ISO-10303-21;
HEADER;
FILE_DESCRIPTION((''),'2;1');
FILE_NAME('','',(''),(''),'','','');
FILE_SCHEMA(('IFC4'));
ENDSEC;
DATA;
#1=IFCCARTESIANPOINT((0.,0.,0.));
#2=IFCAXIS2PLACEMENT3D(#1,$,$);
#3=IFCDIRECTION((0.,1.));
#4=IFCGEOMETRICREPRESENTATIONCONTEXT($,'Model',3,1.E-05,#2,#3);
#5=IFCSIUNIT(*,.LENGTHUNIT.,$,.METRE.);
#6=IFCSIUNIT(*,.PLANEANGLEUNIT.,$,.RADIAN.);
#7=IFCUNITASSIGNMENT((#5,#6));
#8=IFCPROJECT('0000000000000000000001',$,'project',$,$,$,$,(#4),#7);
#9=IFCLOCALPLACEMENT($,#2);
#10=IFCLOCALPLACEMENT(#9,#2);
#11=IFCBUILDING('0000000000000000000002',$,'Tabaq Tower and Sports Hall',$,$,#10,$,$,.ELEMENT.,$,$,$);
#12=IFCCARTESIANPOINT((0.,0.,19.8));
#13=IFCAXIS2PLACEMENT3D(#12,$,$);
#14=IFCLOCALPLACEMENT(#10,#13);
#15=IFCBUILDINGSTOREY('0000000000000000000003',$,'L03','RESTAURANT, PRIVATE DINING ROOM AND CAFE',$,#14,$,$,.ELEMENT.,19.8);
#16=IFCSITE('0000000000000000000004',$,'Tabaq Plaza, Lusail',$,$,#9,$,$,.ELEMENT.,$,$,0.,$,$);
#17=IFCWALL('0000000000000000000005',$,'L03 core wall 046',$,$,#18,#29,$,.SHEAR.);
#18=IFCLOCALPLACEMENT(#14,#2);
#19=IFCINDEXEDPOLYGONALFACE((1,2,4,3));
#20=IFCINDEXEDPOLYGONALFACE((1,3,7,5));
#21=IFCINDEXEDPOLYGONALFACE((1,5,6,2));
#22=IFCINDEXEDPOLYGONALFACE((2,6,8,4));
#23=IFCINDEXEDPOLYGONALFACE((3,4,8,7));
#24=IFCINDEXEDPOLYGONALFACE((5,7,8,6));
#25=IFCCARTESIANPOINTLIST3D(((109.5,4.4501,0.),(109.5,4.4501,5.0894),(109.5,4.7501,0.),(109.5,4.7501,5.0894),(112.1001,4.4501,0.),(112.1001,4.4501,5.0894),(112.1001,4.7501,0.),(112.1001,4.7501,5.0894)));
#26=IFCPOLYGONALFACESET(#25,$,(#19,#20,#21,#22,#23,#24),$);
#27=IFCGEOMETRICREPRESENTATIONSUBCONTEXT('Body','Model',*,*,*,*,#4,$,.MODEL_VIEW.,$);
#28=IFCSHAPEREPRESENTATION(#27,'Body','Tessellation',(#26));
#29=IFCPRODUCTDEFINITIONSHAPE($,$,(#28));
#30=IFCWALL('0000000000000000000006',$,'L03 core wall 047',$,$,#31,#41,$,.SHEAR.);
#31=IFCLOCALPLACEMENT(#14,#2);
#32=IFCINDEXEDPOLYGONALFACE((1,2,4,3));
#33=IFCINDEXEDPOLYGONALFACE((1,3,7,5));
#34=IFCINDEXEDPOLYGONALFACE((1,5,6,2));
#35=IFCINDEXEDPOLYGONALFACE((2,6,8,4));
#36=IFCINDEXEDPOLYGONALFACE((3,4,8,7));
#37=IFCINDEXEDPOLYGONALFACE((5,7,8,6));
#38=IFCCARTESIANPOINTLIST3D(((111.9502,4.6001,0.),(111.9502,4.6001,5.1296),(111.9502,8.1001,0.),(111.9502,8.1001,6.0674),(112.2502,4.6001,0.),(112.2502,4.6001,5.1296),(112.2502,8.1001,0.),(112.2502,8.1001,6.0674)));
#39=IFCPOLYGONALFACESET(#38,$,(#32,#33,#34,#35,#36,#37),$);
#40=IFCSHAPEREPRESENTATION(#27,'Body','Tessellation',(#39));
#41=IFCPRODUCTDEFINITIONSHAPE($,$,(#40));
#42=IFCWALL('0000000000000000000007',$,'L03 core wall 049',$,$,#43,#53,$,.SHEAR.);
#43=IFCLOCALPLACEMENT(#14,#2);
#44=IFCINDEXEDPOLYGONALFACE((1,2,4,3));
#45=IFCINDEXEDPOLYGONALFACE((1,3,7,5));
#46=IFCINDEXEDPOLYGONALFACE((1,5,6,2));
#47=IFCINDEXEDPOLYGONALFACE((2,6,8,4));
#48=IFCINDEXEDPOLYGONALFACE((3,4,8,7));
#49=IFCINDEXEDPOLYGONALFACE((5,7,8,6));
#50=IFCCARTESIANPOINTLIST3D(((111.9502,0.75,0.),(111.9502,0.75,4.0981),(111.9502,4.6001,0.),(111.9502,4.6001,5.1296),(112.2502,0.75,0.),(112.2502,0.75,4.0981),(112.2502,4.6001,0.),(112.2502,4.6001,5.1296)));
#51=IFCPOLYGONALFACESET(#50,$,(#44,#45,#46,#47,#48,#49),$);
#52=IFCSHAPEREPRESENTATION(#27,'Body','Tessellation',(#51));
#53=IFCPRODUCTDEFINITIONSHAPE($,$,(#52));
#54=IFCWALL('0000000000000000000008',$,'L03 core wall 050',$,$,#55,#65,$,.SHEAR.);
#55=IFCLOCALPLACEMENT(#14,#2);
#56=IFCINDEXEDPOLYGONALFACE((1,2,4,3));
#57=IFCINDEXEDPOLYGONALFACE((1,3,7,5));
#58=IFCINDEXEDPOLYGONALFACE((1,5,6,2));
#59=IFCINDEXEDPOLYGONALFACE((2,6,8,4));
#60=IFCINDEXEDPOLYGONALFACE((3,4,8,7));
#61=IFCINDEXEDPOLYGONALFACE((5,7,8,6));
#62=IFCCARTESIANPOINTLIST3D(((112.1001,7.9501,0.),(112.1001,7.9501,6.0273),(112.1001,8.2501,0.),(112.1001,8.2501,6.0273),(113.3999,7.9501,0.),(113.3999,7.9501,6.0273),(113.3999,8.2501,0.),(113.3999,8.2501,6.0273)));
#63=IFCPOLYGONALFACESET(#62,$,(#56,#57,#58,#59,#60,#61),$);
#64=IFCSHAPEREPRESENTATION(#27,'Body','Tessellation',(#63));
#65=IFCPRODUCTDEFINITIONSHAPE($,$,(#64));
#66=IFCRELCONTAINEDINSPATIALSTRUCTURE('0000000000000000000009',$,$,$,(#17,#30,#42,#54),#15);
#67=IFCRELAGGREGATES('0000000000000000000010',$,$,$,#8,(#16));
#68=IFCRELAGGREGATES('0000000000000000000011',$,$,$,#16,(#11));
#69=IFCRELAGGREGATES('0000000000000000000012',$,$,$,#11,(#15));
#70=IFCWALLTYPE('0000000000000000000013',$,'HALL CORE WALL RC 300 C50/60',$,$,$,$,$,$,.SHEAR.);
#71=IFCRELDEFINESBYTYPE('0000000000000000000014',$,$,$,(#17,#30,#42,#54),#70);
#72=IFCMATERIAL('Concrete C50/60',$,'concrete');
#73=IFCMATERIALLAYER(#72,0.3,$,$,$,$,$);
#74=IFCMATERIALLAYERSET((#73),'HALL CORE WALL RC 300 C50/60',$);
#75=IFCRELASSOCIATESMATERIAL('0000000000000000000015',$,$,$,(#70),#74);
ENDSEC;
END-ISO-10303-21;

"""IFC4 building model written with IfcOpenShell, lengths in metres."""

from ifc_helpers import new_model, si_unit, direction, frame, frame_2d, origin, place, context, subcontext, project, spatial, polyline, rectangle, outline, extrude, material, layer, layer_set, type_object, element, save


model = new_model("IFC4")

# Units and contexts
model_context = context("Model", 3, precision=1e-05, world=origin(), true_north=direction((0.0, 1.0)))
body_context = subcontext(model_context, "Body", "Model", "MODEL_VIEW")
ifc_project = project(units=[si_unit("LENGTHUNIT", "METRE"), si_unit("PLANEANGLEUNIT", "RADIAN")], contexts=[model_context])

# Site, building, storey
site_placement = place(None, origin())
site = spatial("IfcSite", under=ifc_project, at=site_placement, Name="Tabaq Plaza, Lusail", CompositionType="ELEMENT", RefElevation=0.0)
building_placement = place(site_placement, origin())
building = spatial("IfcBuilding", under=site, at=building_placement, Name="Tabaq Tower and Sports Hall", CompositionType="ELEMENT")
storey_placement = place(building_placement, frame((0.0, 0.0, 19.8)))
storey = spatial("IfcBuildingStorey", under=building, at=storey_placement, Name="L03", Description="RESTAURANT, PRIVATE DINING ROOM AND CAFE", CompositionType="ELEMENT", Elevation=19.8)

# Shared definitions
ifc_material_1 = material(Name="Concrete C50/60", Category="concrete")
ifc_layer_1 = layer(ifc_material_1, 0.3)
ifc_layer_set_1 = layer_set([ifc_layer_1], Name="HALL CORE WALL RC 300 C50/60")
wall_type_1 = type_object("IfcWallType", Name="HALL CORE WALL RC 300 C50/60", PredefinedType="SHEAR", material=ifc_layer_set_1)

# Walls
wall_1_placement = place(storey_placement, frame((109.5, 4.6001, 0.0), z_axis=(0.0, 0.0, 1.0), x_axis=(1.0, 0.0, 0.0)))
element("IfcWall", 1, at=wall_1_placement, inside=storey, type_object=wall_type_1, Name="L03 core wall 046", PredefinedType="SHEAR", context=body_context, shape_type="SweptSolid", body=[
    extrude(rectangle(XDim=2.6001, YDim=0.3, at=frame_2d((1.3, 0.0))), origin(), (0.0, 0.0, 1.0), 5.0894),
])
wall_2_placement = place(storey_placement, frame((112.1001, 4.6001, 0.0), z_axis=(0.0, 0.0, 1.0), x_axis=(0.0, 1.0, 0.0)))
element("IfcWall", 2, at=wall_2_placement, inside=storey, type_object=wall_type_1, Name="L03 core wall 047", PredefinedType="SHEAR", context=body_context, shape_type="SweptSolid", body=[
    extrude(outline(polyline([(0.0, 0.0), (3.5, 0.0), (3.5, 6.0674), (0.0, 5.1296), (0.0, 0.0)])), frame((0.0, 0.1499, 0.0), z_axis=(0.0, -1.0, 0.0), x_axis=(1.0, 0.0, 0.0)), (0.0, 0.0, 1.0), 0.3),
])

# Walls
wall_3_placement = place(storey_placement, frame((112.1001, 0.75, 0.0), z_axis=(0.0, 0.0, 1.0), x_axis=(0.0, 1.0, 0.0)))
element("IfcWall", 3, at=wall_3_placement, inside=storey, type_object=wall_type_1, Name="L03 core wall 049", PredefinedType="SHEAR", context=body_context, shape_type="SweptSolid", body=[
    extrude(outline(polyline([(0.0, 0.0), (3.8501, 0.0), (3.8501, 5.1296), (0.0, 4.0981), (0.0, 0.0)])), frame((0.0, 0.1499, 0.0), z_axis=(0.0, -1.0, 0.0), x_axis=(1.0, 0.0, 0.0)), (0.0, 0.0, 1.0), 0.3),
])
wall_4_placement = place(storey_placement, frame((112.1001, 8.1001, 0.0), z_axis=(0.0, 0.0, 1.0), x_axis=(1.0, 0.0, 0.0)))
element("IfcWall", 4, at=wall_4_placement, inside=storey, type_object=wall_type_1, Name="L03 core wall 050", PredefinedType="SHEAR", context=body_context, shape_type="SweptSolid", body=[
    extrude(rectangle(XDim=1.2998, YDim=0.3, at=frame_2d((0.6499, 0.0))), origin(), (0.0, 0.0, 1.0), 6.0273),
])

save(model, "model.ifc")
